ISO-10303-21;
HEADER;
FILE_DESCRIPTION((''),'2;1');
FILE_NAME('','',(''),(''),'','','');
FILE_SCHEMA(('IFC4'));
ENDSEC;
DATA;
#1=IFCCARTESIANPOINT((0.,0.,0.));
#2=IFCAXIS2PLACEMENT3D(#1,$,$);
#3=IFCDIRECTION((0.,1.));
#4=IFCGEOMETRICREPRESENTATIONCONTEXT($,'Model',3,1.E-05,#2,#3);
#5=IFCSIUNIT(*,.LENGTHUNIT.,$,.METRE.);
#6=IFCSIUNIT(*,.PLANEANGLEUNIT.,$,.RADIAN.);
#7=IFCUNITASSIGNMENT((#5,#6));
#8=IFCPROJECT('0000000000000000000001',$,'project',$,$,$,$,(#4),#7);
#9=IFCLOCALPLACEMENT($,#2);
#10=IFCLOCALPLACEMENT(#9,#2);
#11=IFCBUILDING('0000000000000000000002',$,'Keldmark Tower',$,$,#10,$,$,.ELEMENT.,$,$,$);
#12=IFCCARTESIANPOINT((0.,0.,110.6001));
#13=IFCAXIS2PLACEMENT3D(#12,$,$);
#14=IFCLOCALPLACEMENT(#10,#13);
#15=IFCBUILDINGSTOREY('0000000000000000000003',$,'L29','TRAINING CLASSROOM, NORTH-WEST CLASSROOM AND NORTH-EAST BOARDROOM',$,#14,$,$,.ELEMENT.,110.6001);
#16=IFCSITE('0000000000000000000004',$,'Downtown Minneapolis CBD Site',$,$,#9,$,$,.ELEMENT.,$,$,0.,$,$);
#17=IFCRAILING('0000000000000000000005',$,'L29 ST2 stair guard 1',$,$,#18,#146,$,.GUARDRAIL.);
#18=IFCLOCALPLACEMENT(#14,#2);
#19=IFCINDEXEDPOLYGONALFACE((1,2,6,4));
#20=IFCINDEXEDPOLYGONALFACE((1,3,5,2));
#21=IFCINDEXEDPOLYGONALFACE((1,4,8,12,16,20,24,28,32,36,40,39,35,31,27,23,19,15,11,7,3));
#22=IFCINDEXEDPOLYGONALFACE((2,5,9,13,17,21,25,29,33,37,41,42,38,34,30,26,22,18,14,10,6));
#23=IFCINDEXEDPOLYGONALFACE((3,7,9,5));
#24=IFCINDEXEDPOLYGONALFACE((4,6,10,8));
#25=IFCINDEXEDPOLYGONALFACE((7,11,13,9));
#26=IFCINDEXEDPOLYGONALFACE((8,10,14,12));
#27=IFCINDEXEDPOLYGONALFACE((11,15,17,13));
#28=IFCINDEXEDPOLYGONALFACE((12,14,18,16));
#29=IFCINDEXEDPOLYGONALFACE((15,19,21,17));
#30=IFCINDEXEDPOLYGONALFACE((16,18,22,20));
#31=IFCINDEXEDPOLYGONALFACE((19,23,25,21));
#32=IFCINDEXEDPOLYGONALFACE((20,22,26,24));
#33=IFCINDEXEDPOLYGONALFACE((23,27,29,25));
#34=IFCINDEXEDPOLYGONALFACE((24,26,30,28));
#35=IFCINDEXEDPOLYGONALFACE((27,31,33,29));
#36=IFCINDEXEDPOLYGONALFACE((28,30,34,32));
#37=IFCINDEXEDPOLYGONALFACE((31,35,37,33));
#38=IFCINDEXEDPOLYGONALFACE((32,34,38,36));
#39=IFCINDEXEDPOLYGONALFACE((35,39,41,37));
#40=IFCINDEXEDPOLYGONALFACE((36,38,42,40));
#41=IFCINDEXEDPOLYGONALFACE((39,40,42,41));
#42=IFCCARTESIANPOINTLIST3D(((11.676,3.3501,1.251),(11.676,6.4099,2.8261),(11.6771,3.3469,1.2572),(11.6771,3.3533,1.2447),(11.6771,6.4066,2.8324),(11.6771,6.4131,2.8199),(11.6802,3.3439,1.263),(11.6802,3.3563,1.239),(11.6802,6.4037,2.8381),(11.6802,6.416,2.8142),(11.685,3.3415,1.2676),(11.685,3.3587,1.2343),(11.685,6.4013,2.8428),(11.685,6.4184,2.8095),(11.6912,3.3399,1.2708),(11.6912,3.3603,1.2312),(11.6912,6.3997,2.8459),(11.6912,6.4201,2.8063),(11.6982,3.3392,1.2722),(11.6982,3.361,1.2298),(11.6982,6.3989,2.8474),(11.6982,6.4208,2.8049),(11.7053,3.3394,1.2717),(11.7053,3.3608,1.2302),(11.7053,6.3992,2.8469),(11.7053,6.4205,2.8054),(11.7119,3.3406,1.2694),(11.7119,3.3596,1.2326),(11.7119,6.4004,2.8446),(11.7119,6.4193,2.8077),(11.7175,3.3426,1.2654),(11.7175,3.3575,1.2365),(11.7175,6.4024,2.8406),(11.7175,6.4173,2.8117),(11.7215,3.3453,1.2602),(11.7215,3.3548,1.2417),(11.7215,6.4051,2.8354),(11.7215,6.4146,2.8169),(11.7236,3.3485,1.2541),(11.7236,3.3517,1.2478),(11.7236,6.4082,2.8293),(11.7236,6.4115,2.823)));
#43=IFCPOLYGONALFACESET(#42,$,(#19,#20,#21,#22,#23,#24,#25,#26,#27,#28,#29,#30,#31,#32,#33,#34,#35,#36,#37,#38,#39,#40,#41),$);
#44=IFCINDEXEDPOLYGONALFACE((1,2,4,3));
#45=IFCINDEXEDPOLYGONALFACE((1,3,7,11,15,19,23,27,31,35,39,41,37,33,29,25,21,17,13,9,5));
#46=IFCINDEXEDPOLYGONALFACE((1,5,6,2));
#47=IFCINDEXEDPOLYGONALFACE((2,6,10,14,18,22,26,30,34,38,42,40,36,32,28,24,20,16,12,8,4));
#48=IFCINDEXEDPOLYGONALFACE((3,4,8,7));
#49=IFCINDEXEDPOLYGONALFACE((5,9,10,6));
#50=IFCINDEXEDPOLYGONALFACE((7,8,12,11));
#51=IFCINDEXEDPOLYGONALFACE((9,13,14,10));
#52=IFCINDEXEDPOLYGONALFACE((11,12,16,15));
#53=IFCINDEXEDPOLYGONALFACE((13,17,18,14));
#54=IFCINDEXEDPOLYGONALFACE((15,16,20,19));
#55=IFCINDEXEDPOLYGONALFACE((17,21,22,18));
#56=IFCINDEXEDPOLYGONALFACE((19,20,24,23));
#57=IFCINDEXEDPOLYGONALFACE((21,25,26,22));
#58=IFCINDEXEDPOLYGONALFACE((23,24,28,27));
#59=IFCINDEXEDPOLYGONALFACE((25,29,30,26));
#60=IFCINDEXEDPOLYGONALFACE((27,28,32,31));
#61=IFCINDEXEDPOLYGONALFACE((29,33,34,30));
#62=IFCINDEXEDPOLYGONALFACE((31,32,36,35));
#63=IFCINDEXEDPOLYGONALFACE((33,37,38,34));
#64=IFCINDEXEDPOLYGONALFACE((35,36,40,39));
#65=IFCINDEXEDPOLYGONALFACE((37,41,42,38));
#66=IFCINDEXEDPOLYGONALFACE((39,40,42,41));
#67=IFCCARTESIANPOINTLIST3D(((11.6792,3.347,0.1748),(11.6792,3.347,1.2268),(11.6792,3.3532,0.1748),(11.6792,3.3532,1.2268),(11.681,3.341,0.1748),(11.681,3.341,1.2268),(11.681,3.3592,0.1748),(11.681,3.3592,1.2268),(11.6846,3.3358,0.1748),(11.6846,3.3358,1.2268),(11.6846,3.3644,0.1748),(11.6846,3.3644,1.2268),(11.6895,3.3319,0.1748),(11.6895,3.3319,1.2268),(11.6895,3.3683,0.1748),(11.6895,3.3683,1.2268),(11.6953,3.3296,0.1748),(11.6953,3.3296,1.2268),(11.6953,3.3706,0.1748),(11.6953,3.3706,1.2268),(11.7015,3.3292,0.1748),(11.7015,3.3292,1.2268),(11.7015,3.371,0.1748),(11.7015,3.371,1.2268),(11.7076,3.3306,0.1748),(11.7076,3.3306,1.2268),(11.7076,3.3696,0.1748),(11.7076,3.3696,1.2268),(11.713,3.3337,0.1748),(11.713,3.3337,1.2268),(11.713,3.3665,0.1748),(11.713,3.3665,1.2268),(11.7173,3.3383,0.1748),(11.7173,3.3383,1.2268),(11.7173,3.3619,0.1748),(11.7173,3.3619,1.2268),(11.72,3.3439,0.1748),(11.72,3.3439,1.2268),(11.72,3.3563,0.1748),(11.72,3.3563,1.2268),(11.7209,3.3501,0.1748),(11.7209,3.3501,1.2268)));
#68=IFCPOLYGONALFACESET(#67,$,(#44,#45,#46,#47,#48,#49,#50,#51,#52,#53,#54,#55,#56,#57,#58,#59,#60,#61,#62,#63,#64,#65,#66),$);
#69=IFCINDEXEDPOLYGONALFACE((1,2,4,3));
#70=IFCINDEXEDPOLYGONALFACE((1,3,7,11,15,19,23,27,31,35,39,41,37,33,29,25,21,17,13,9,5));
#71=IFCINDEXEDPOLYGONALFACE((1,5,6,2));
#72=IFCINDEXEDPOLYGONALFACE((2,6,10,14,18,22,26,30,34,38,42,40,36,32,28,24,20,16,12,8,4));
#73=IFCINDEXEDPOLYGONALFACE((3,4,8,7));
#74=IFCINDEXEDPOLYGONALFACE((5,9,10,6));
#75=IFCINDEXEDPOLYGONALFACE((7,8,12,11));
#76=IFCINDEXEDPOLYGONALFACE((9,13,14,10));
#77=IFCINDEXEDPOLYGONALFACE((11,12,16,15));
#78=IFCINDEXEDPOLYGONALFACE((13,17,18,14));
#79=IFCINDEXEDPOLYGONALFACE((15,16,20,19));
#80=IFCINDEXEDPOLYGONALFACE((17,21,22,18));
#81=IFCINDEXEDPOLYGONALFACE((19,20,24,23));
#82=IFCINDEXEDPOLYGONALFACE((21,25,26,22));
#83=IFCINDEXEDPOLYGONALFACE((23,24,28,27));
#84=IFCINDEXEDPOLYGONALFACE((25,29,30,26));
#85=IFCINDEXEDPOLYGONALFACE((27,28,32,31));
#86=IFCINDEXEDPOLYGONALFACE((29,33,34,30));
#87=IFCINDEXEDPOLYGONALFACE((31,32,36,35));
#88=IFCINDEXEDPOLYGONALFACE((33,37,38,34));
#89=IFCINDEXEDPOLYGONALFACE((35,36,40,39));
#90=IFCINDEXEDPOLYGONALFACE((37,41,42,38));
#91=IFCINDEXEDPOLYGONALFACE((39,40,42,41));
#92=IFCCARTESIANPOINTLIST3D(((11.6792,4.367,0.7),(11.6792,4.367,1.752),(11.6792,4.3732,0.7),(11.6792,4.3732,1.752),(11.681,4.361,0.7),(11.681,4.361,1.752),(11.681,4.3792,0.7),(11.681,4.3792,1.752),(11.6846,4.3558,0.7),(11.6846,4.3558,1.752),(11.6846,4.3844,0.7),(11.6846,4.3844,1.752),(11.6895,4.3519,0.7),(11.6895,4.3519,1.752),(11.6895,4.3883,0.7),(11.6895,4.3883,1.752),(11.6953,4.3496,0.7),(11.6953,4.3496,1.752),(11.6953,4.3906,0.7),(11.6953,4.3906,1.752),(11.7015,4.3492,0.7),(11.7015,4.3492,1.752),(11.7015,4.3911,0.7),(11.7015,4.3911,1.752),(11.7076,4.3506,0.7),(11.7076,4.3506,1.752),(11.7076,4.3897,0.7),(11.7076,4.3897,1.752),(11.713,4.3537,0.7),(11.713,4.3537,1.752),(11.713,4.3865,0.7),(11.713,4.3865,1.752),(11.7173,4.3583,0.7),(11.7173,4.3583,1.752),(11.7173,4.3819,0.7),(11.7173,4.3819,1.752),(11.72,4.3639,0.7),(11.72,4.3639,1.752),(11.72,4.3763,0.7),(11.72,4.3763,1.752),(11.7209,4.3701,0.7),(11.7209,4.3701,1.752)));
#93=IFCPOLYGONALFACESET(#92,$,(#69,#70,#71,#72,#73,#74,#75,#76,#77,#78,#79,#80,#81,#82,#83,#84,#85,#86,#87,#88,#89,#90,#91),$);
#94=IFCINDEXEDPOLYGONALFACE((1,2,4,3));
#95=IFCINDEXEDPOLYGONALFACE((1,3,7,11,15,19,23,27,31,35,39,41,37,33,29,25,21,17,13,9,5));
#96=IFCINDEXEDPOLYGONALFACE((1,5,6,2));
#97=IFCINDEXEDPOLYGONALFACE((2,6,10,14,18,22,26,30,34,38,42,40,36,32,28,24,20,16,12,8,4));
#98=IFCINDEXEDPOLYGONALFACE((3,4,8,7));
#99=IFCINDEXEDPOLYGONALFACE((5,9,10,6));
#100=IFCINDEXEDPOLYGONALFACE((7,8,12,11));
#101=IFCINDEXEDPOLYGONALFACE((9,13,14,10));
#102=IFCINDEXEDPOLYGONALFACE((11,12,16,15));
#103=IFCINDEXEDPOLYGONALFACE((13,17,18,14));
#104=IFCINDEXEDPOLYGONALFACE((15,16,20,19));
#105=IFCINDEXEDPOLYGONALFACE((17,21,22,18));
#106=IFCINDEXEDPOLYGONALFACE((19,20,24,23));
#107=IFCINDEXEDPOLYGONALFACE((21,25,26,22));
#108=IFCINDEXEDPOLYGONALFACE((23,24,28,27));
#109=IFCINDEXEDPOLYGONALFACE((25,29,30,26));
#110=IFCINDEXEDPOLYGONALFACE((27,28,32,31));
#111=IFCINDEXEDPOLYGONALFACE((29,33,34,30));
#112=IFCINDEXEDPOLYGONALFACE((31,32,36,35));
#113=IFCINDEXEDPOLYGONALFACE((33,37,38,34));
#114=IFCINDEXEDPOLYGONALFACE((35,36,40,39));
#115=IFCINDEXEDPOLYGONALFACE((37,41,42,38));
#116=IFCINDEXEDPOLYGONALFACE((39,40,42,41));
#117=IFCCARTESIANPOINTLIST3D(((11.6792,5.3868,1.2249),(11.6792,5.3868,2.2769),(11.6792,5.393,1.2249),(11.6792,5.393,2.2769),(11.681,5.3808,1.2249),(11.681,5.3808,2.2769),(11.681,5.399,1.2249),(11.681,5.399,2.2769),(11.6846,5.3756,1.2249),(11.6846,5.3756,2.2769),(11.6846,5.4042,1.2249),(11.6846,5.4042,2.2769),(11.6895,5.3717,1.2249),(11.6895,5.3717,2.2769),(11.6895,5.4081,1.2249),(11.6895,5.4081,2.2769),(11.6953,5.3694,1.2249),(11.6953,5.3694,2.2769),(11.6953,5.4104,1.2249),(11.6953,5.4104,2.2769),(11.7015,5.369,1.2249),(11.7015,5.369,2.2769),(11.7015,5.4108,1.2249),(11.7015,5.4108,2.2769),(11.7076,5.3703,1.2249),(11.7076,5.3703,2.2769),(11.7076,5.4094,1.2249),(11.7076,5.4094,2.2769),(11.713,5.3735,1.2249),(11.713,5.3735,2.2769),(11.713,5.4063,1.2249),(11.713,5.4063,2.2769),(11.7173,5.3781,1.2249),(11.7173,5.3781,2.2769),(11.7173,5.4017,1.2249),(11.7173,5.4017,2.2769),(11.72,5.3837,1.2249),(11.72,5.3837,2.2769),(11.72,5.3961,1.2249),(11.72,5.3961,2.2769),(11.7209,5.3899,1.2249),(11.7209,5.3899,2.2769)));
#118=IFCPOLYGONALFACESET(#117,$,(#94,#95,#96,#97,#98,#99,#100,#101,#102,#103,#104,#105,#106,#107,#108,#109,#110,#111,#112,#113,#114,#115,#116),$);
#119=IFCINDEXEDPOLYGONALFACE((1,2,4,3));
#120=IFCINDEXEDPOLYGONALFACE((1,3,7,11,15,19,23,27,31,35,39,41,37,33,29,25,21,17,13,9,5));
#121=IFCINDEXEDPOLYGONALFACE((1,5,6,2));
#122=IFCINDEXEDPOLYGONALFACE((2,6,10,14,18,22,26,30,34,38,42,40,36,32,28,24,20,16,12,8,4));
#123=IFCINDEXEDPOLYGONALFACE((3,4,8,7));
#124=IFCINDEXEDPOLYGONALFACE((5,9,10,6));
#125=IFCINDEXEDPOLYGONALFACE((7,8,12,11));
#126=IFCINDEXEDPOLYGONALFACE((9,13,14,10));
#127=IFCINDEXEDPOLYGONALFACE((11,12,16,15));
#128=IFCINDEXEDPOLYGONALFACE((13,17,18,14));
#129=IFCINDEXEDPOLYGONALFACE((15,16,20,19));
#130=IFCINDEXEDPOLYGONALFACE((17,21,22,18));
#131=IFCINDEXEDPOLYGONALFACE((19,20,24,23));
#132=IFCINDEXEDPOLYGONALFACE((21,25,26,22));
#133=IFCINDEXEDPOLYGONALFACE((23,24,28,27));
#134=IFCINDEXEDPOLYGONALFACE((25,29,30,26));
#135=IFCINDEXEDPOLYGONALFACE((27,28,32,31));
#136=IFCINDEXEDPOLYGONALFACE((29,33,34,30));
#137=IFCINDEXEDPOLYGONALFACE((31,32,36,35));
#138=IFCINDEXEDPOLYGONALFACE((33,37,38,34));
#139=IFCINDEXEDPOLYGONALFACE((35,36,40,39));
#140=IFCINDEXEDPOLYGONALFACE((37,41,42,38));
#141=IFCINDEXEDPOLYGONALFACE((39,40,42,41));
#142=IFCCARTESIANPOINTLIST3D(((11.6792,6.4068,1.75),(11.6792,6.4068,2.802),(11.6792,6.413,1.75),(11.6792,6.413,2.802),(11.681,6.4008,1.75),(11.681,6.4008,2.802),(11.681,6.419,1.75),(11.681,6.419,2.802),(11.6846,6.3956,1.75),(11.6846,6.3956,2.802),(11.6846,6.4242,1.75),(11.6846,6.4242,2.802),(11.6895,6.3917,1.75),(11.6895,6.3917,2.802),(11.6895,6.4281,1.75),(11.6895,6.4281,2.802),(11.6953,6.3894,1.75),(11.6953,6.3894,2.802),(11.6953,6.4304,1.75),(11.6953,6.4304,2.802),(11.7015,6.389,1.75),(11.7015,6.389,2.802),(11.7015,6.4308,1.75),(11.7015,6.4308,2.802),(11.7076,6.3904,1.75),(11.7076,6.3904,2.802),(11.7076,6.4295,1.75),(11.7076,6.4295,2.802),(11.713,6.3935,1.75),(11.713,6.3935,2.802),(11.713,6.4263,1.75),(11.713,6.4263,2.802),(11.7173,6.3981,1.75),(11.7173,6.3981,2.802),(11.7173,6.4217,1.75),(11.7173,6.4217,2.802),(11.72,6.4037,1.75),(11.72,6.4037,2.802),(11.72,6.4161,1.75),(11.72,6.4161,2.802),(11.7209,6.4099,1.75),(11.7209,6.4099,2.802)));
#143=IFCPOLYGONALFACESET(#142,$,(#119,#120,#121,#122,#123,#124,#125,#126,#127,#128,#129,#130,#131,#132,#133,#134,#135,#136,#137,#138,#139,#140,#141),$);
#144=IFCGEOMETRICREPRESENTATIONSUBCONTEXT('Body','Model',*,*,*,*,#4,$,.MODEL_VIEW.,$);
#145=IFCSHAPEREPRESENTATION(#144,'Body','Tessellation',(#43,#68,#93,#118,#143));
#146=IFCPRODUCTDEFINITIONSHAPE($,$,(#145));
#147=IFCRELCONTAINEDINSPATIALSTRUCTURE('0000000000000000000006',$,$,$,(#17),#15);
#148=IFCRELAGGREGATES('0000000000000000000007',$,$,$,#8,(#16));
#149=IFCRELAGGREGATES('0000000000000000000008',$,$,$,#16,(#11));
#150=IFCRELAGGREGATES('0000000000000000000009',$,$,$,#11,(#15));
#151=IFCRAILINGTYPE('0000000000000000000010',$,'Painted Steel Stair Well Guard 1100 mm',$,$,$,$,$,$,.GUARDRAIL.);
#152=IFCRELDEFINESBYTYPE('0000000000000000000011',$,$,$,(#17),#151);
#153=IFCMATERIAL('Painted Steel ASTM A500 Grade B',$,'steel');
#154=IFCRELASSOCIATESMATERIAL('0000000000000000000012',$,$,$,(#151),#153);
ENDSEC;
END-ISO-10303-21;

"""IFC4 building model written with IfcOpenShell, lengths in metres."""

from ifc_helpers import new_model, si_unit, direction, frame, origin, origin_2d, place, context, subcontext, project, spatial, circle, extrude, material, type_object, element, save


model = new_model("IFC4")

# Units and contexts
model_context = context("Model", 3, precision=1e-05, world=origin(), true_north=direction((0.0, 1.0)))
body_context = subcontext(model_context, "Body", "Model", "MODEL_VIEW")
ifc_project = project(units=[si_unit("LENGTHUNIT", "METRE"), si_unit("PLANEANGLEUNIT", "RADIAN")], contexts=[model_context])

# Site, building, storey
site_placement = place(None, origin())
site = spatial("IfcSite", under=ifc_project, at=site_placement, Name="Downtown Minneapolis CBD Site", CompositionType="ELEMENT", RefElevation=0.0)
building_placement = place(site_placement, origin())
building = spatial("IfcBuilding", under=site, at=building_placement, Name="Keldmark Tower", CompositionType="ELEMENT")
storey_placement = place(building_placement, frame((0.0, 0.0, 110.6001)))
storey = spatial("IfcBuildingStorey", under=building, at=storey_placement, Name="L29", Description="TRAINING CLASSROOM, NORTH-WEST CLASSROOM AND NORTH-EAST BOARDROOM", CompositionType="ELEMENT", Elevation=110.6001)

# Railing
ifc_material_1 = material(Name="Painted Steel ASTM A500 Grade B", Category="steel")
railing_type_1 = type_object("IfcRailingType", Name="Painted Steel Stair Well Guard 1100 mm", PredefinedType="GUARDRAIL", material=ifc_material_1)
railing_1_placement = place(storey_placement, frame((11.7, 3.3501, 0.1748)))
element("IfcRailing", 1, at=railing_1_placement, inside=storey, type_object=railing_type_1, Name="L29 ST2 stair guard 1", PredefinedType="GUARDRAIL", context=body_context, shape_type="SweptSolid", body=[
    extrude(circle(Radius=0.0239, at=origin_2d()), frame((0.0, 0.0, 1.0762), z_axis=(0.0, 0.889101, 0.45771), x_axis=(-1.0, 0.0, 0.0)), (0.0, 0.0, 1.0), 3.4414),
    extrude(circle(Radius=0.021, at=origin_2d()), origin(), (0.0, 0.0, 1.0), 1.052),
    extrude(circle(Radius=0.021, at=origin_2d()), frame((0.0, 1.02, 0.5251)), (0.0, 0.0, 1.0), 1.052),
    extrude(circle(Radius=0.021, at=origin_2d()), frame((0.0, 2.0398, 1.05)), (0.0, 0.0, 1.0), 1.052),
    extrude(circle(Radius=0.021, at=origin_2d()), frame((0.0, 3.0598, 1.5752)), (0.0, 0.0, 1.0), 1.052),
])

save(model, "model.ifc")
